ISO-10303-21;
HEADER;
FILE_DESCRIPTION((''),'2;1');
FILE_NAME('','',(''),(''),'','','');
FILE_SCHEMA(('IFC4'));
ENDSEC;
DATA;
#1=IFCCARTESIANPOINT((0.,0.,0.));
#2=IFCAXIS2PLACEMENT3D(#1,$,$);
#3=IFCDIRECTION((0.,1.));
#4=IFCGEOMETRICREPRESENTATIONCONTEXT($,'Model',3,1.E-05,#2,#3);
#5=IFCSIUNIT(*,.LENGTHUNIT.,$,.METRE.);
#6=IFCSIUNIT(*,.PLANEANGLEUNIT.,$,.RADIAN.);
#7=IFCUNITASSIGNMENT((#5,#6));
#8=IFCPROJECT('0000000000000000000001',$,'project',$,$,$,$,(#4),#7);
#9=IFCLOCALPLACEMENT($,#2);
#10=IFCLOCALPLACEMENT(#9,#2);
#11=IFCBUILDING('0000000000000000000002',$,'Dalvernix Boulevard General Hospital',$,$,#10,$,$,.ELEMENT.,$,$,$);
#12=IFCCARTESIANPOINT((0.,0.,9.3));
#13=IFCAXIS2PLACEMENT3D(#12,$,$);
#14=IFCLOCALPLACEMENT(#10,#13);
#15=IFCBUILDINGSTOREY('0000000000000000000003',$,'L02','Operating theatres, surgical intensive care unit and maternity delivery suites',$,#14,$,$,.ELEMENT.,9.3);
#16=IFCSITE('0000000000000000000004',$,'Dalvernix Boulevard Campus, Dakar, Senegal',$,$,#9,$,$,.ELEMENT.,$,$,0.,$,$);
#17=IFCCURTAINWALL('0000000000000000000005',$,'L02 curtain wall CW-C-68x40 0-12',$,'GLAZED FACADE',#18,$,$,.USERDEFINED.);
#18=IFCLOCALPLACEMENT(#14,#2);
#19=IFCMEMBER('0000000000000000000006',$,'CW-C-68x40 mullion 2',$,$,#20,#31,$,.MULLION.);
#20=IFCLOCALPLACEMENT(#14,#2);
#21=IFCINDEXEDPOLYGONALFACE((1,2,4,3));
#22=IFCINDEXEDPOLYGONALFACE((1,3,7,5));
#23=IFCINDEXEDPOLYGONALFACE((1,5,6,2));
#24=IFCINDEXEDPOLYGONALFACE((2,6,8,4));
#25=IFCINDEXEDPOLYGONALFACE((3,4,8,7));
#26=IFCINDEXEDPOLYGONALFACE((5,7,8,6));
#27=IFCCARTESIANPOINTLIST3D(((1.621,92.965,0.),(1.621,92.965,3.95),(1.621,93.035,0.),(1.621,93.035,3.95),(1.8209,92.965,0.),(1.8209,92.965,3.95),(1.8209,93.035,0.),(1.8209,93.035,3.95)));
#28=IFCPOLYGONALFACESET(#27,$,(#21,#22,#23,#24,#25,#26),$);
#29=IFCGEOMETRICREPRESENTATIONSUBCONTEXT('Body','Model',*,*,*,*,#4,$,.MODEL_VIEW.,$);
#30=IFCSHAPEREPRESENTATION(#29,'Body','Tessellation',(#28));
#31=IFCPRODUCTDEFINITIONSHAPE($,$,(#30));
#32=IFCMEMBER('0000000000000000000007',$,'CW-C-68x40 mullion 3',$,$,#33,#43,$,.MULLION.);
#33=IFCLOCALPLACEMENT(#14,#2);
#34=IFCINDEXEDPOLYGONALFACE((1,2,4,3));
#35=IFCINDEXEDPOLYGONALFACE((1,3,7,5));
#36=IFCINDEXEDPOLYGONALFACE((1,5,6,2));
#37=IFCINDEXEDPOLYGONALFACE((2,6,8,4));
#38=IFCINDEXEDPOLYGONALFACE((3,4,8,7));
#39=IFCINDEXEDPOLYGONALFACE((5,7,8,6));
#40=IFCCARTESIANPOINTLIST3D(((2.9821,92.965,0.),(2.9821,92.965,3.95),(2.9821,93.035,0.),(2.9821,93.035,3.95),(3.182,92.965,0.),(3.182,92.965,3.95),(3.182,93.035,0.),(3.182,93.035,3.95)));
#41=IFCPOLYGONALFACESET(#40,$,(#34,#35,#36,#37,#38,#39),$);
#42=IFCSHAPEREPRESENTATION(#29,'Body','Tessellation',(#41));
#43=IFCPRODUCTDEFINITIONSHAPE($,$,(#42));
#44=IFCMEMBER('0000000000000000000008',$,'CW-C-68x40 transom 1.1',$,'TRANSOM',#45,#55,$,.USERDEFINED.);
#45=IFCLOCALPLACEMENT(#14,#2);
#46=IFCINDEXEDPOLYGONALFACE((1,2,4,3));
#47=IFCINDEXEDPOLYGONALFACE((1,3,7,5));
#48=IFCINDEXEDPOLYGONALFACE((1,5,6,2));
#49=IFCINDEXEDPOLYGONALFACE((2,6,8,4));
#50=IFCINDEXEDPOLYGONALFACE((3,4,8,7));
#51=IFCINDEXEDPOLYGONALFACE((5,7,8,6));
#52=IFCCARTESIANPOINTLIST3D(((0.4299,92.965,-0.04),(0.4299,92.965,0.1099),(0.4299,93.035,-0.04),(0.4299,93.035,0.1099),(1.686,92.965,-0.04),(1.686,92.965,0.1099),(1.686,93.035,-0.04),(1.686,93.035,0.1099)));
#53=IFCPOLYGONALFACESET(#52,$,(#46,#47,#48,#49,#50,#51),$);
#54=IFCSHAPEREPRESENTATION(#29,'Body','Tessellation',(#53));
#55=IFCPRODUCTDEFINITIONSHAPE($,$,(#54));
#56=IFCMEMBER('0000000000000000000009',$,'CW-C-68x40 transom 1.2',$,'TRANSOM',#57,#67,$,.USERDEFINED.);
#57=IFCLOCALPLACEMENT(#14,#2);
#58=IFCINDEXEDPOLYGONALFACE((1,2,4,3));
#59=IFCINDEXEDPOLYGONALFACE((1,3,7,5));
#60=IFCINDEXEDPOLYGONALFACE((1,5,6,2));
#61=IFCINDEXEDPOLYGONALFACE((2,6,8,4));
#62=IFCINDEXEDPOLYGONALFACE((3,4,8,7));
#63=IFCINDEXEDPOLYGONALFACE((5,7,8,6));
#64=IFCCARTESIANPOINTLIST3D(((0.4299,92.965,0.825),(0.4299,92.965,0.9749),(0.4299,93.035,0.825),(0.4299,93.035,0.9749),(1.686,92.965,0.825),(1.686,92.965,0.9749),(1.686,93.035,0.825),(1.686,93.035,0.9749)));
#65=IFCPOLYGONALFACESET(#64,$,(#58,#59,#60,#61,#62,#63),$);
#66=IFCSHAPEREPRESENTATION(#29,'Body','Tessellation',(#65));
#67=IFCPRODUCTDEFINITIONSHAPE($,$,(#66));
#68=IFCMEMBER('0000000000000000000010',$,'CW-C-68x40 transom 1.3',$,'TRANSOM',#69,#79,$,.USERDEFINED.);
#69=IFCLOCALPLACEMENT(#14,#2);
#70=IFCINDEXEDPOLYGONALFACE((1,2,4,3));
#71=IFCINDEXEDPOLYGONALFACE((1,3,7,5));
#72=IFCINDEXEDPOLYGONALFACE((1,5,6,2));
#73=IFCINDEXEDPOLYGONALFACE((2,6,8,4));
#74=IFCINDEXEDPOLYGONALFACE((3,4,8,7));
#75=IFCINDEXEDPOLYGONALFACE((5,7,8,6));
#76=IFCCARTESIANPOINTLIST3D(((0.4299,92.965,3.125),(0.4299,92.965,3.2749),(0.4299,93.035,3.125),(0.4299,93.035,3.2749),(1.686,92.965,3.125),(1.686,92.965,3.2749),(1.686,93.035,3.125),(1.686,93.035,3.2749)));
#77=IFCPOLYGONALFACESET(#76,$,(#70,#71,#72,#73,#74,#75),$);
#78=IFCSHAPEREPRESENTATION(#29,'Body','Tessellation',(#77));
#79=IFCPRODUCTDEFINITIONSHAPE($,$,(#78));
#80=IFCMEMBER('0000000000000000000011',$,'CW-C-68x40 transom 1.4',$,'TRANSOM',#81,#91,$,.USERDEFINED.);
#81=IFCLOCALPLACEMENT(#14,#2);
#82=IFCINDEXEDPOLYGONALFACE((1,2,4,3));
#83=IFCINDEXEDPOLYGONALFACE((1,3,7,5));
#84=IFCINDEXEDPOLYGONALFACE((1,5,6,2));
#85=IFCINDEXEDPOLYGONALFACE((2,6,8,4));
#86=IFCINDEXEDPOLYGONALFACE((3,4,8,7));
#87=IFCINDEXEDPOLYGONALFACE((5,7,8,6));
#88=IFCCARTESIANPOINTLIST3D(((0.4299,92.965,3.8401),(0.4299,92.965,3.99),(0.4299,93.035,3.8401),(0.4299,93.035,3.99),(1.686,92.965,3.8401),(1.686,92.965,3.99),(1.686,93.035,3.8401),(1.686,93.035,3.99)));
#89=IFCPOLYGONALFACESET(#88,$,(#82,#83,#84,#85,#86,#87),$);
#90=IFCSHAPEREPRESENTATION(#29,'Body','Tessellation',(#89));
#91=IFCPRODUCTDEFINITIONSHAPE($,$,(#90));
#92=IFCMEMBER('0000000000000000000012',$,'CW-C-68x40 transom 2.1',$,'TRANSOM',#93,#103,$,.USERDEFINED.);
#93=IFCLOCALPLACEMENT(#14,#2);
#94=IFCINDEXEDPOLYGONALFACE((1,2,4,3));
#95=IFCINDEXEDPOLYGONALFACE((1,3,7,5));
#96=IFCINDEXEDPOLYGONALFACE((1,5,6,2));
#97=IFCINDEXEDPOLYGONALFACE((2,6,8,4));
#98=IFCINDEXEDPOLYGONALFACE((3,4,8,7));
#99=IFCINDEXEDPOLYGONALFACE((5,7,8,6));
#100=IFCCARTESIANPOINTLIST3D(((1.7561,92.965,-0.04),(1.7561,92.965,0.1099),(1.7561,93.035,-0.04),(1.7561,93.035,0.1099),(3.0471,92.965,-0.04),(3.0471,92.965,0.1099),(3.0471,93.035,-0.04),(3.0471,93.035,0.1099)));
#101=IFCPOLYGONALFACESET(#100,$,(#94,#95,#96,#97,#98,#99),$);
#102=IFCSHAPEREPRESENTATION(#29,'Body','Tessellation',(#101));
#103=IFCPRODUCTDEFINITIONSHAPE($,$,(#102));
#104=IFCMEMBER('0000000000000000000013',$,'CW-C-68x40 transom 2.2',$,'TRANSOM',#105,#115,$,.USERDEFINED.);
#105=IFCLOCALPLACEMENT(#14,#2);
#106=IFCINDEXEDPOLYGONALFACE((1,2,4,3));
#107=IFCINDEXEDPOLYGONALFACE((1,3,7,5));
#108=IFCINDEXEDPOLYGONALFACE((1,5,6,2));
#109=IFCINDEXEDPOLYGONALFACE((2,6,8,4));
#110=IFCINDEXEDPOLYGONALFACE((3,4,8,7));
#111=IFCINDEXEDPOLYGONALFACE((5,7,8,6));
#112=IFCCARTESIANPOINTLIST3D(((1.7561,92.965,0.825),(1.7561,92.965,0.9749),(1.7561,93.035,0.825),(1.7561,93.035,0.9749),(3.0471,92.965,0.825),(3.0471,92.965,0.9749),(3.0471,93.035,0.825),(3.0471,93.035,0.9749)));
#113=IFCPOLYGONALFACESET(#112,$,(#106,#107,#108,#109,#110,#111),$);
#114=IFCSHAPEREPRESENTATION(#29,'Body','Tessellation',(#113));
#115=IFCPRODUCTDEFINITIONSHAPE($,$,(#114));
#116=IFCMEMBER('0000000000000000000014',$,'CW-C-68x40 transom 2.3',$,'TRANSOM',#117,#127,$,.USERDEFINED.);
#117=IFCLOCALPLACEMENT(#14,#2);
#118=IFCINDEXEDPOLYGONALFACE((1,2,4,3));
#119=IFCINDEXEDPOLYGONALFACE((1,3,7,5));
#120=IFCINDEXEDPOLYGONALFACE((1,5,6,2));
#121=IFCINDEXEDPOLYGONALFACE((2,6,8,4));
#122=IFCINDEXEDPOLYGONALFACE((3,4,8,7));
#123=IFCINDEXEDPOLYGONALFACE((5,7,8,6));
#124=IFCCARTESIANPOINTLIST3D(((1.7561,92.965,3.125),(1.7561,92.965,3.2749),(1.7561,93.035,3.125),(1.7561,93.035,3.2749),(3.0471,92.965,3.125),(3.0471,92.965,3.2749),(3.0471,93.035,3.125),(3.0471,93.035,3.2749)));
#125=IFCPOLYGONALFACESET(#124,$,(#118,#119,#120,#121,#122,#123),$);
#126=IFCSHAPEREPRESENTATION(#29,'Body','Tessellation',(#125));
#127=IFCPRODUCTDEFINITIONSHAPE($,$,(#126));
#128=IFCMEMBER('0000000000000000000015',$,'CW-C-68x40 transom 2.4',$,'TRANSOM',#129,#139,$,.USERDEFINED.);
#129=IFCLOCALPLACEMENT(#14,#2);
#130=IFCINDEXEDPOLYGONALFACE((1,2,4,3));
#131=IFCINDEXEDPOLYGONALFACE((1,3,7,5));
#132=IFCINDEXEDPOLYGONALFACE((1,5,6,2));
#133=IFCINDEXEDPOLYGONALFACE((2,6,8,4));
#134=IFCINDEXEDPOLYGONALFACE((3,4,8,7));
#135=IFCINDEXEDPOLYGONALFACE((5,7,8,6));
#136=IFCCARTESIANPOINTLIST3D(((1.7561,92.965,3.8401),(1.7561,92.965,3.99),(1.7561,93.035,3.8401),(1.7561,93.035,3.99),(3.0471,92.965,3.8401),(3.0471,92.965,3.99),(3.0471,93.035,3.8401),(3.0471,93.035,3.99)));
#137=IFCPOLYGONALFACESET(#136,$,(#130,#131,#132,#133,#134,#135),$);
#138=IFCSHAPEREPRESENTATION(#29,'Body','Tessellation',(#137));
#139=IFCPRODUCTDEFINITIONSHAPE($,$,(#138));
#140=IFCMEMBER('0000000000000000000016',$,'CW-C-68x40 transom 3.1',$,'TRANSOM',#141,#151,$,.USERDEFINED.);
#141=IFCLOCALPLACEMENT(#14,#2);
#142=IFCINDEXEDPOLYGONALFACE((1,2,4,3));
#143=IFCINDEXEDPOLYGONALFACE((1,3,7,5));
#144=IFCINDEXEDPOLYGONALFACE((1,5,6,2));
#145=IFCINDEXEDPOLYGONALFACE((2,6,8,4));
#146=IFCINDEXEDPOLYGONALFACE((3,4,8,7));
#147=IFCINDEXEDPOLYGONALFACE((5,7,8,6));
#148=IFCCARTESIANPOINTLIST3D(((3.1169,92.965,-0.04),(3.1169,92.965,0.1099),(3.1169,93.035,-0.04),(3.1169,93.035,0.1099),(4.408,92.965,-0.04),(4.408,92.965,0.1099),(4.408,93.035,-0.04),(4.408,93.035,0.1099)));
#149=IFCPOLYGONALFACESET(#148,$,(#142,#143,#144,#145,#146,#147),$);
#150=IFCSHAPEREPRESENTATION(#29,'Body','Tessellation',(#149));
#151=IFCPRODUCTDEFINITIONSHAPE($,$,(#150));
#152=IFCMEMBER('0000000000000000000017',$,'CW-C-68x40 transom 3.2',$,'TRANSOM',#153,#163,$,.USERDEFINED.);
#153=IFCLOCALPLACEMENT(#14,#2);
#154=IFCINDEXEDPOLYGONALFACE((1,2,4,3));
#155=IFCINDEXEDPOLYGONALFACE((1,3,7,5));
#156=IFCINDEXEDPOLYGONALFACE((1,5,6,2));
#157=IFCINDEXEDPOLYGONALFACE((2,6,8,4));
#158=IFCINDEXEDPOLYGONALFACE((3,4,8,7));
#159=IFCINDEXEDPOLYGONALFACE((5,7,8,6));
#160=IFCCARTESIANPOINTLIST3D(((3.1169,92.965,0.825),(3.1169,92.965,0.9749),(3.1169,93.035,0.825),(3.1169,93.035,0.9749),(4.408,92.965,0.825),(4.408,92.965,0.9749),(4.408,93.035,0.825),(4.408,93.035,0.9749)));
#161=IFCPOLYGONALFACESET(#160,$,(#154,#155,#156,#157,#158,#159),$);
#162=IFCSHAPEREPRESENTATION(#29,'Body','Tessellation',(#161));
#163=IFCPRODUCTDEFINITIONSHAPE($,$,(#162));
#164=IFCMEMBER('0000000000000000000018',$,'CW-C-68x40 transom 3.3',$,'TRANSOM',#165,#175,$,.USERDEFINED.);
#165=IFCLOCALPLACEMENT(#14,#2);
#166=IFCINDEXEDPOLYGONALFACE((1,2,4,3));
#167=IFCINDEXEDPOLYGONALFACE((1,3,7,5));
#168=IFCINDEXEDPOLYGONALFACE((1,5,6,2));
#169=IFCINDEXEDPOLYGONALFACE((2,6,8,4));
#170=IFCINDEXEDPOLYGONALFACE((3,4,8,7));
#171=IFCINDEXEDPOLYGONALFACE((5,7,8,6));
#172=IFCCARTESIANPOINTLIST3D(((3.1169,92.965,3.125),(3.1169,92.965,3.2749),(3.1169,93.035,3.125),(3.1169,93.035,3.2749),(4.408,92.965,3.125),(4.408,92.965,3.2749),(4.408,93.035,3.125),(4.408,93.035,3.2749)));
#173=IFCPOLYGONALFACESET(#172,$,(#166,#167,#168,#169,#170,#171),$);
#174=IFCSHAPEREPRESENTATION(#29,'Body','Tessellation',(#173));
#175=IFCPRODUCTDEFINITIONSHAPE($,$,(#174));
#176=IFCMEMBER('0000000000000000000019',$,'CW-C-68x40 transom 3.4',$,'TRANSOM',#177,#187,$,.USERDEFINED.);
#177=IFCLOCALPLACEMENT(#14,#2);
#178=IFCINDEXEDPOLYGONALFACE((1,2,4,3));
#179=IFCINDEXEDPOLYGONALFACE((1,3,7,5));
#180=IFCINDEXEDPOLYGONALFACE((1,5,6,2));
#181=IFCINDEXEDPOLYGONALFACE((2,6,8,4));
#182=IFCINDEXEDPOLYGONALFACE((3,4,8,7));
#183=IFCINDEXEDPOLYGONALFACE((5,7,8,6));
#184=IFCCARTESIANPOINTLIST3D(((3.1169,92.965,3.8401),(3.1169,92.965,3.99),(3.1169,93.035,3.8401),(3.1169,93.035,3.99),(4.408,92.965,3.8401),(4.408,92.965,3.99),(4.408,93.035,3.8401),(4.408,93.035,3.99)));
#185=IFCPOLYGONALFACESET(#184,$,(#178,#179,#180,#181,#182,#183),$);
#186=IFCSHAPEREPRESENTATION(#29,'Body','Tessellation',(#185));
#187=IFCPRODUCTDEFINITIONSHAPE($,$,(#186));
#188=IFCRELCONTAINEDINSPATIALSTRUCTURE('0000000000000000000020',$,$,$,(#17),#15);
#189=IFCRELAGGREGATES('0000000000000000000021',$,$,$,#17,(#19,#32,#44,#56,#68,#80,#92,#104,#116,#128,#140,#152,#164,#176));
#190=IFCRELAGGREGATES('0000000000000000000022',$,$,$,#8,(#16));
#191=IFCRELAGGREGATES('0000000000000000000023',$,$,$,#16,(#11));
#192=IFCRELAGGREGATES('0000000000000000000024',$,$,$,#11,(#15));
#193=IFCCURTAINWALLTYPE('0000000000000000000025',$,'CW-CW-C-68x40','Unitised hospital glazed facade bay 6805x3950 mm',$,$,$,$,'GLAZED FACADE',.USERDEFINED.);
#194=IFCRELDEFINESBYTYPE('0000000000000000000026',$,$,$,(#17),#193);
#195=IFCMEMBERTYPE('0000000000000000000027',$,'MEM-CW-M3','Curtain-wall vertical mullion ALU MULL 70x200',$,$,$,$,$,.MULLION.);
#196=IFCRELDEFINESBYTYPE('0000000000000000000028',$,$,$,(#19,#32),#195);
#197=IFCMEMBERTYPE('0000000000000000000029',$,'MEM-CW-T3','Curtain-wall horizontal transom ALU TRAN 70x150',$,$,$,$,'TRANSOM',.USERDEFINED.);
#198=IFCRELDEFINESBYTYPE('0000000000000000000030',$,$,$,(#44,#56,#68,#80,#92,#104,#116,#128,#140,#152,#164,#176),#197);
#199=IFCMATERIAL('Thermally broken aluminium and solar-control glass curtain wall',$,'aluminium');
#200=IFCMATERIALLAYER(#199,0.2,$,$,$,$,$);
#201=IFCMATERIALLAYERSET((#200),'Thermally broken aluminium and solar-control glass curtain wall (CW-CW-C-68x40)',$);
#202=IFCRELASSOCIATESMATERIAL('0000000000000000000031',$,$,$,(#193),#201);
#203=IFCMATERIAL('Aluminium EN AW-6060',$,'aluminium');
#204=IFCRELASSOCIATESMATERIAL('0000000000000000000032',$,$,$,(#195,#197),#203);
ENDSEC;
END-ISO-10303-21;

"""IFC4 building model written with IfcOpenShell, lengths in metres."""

from ifc_helpers import new_model, si_unit, direction, frame, origin, origin_2d, place, context, subcontext, project, spatial, rectangle, extrude, material, layer, layer_set, material_profile, profile_set, type_object, element, aggregate, save


model = new_model("IFC4")

# Units and contexts
model_context = context("Model", 3, precision=1e-05, world=origin(), true_north=direction((0.0, 1.0)))
body_context = subcontext(model_context, "Body", "Model", "MODEL_VIEW")
ifc_project = project(units=[si_unit("LENGTHUNIT", "METRE"), si_unit("PLANEANGLEUNIT", "RADIAN")], contexts=[model_context])

# Site, building, storey
site_placement = place(None, origin())
site = spatial("IfcSite", under=ifc_project, at=site_placement, Name="Dalvernix Boulevard Campus, Dakar, Senegal", CompositionType="ELEMENT", RefElevation=0.0)
building_placement = place(site_placement, origin())
building = spatial("IfcBuilding", under=site, at=building_placement, Name="Dalvernix Boulevard General Hospital", CompositionType="ELEMENT")
storey_placement = place(building_placement, frame((0.0, 0.0, 9.3)))
storey = spatial("IfcBuildingStorey", under=building, at=storey_placement, Name="L02", Description="Operating theatres, surgical intensive care unit and maternity delivery suites", CompositionType="ELEMENT", Elevation=9.3)

# Curtain wall, members
ifc_material_1 = material(Name="Thermally broken aluminium and solar-control glass curtain wall", Category="aluminium")
ifc_layer_1 = layer(ifc_material_1, 0.2)
ifc_layer_set_1 = layer_set([ifc_layer_1], Name="Thermally broken aluminium and solar-control glass curtain wall (CW-CW-C-68x40)")
curtain_wall_type = type_object("IfcCurtainWallType", Name="CW-CW-C-68x40", Description="Unitised hospital glazed facade bay 6805x3950 mm", ElementType="GLAZED FACADE", PredefinedType="USERDEFINED", material=ifc_layer_set_1)
curtain_wall_placement = place(storey_placement, origin())
curtain_wall = element("IfcCurtainWall", 1, at=curtain_wall_placement, inside=storey, type_object=curtain_wall_type, Name="L02 curtain wall CW-C-68x40 0-12", ObjectType="GLAZED FACADE", PredefinedType="USERDEFINED")
ifc_material_2 = material(Name="Aluminium EN AW-6060", Category="aluminium")
ifc_material_profile_1 = material_profile(ifc_material_2, rectangle(XDim=0.0701, YDim=0.2, at=origin_2d()), Name="ALU MULL 70x200")
ifc_profile_set_1 = profile_set([ifc_material_profile_1], Name="Aluminium EN AW-6060")
member_type_1 = type_object("IfcMemberType", Name="MEM-CW-M3", Description="Curtain-wall vertical mullion ALU MULL 70x200", PredefinedType="MULLION", material=ifc_profile_set_1)
member_1_placement = place(storey_placement, frame((1.7209, 93.0, 0.0), z_axis=(0.0, 0.0, 1.0), x_axis=(0.0, 1.0, 0.0)))
member_1 = element("IfcMember", 2, at=member_1_placement, type_object=member_type_1, Name="CW-C-68x40 mullion 2", PredefinedType="MULLION", context=body_context, shape_type="SweptSolid", body=[
    extrude(rectangle(XDim=0.0701, YDim=0.2, at=origin_2d()), origin(), (0.0, 0.0, 1.0), 3.95),
])
member_2_placement = place(storey_placement, frame((3.082, 93.0, 0.0), z_axis=(0.0, 0.0, 1.0), x_axis=(0.0, 1.0, 0.0)))
member_2 = element("IfcMember", 3, at=member_2_placement, type_object=member_type_1, Name="CW-C-68x40 mullion 3", PredefinedType="MULLION", context=body_context, shape_type="SweptSolid", body=[
    extrude(rectangle(XDim=0.0701, YDim=0.2, at=origin_2d()), origin(), (0.0, 0.0, 1.0), 3.95),
])
ifc_material_profile_2 = material_profile(ifc_material_2, rectangle(XDim=0.0701, YDim=0.1499, at=origin_2d()), Name="ALU TRAN 70x150")
ifc_profile_set_2 = profile_set([ifc_material_profile_2], Name="Aluminium EN AW-6060")
member_type_2 = type_object("IfcMemberType", Name="MEM-CW-T3", Description="Curtain-wall horizontal transom ALU TRAN 70x150", ElementType="TRANSOM", PredefinedType="USERDEFINED", material=ifc_profile_set_2)
member_3_placement = place(storey_placement, frame((0.4299, 93.0, 0.0349), z_axis=(1.0, 0.0, 0.0), x_axis=(0.0, 1.0, 0.0)))
member_3 = element("IfcMember", 4, at=member_3_placement, type_object=member_type_2, Name="CW-C-68x40 transom 1.1", ObjectType="TRANSOM", PredefinedType="USERDEFINED", context=body_context, shape_type="SweptSolid", body=[
    extrude(rectangle(XDim=0.0701, YDim=0.1499, at=origin_2d()), origin(), (0.0, 0.0, 1.0), 1.2561),
])
member_4_placement = place(storey_placement, frame((0.4299, 93.0, 0.8999), z_axis=(1.0, 0.0, 0.0), x_axis=(0.0, 1.0, 0.0)))
member_4 = element("IfcMember", 5, at=member_4_placement, type_object=member_type_2, Name="CW-C-68x40 transom 1.2", ObjectType="TRANSOM", PredefinedType="USERDEFINED", context=body_context, shape_type="SweptSolid", body=[
    extrude(rectangle(XDim=0.0701, YDim=0.1499, at=origin_2d()), origin(), (0.0, 0.0, 1.0), 1.2561),
])
member_5_placement = place(storey_placement, frame((0.4299, 93.0, 3.2), z_axis=(1.0, 0.0, 0.0), x_axis=(0.0, 1.0, 0.0)))
member_5 = element("IfcMember", 6, at=member_5_placement, type_object=member_type_2, Name="CW-C-68x40 transom 1.3", ObjectType="TRANSOM", PredefinedType="USERDEFINED", context=body_context, shape_type="SweptSolid", body=[
    extrude(rectangle(XDim=0.0701, YDim=0.1499, at=origin_2d()), origin(), (0.0, 0.0, 1.0), 1.2561),
])
member_6_placement = place(storey_placement, frame((0.4299, 93.0, 3.915), z_axis=(1.0, 0.0, 0.0), x_axis=(0.0, 1.0, 0.0)))
member_6 = element("IfcMember", 7, at=member_6_placement, type_object=member_type_2, Name="CW-C-68x40 transom 1.4", ObjectType="TRANSOM", PredefinedType="USERDEFINED", context=body_context, shape_type="SweptSolid", body=[
    extrude(rectangle(XDim=0.0701, YDim=0.1499, at=origin_2d()), origin(), (0.0, 0.0, 1.0), 1.2561),
])
member_7_placement = place(storey_placement, frame((1.7561, 93.0, 0.0349), z_axis=(1.0, 0.0, 0.0), x_axis=(0.0, 1.0, 0.0)))
member_7 = element("IfcMember", 8, at=member_7_placement, type_object=member_type_2, Name="CW-C-68x40 transom 2.1", ObjectType="TRANSOM", PredefinedType="USERDEFINED", context=body_context, shape_type="SweptSolid", body=[
    extrude(rectangle(XDim=0.0701, YDim=0.1499, at=origin_2d()), origin(), (0.0, 0.0, 1.0), 1.291),
])
member_8_placement = place(storey_placement, frame((1.7561, 93.0, 0.8999), z_axis=(1.0, 0.0, 0.0), x_axis=(0.0, 1.0, 0.0)))
member_8 = element("IfcMember", 9, at=member_8_placement, type_object=member_type_2, Name="CW-C-68x40 transom 2.2", ObjectType="TRANSOM", PredefinedType="USERDEFINED", context=body_context, shape_type="SweptSolid", body=[
    extrude(rectangle(XDim=0.0701, YDim=0.1499, at=origin_2d()), origin(), (0.0, 0.0, 1.0), 1.291),
])
member_9_placement = place(storey_placement, frame((1.7561, 93.0, 3.2), z_axis=(1.0, 0.0, 0.0), x_axis=(0.0, 1.0, 0.0)))
member_9 = element("IfcMember", 10, at=member_9_placement, type_object=member_type_2, Name="CW-C-68x40 transom 2.3", ObjectType="TRANSOM", PredefinedType="USERDEFINED", context=body_context, shape_type="SweptSolid", body=[
    extrude(rectangle(XDim=0.0701, YDim=0.1499, at=origin_2d()), origin(), (0.0, 0.0, 1.0), 1.291),
])
member_10_placement = place(storey_placement, frame((1.7561, 93.0, 3.915), z_axis=(1.0, 0.0, 0.0), x_axis=(0.0, 1.0, 0.0)))
member_10 = element("IfcMember", 11, at=member_10_placement, type_object=member_type_2, Name="CW-C-68x40 transom 2.4", ObjectType="TRANSOM", PredefinedType="USERDEFINED", context=body_context, shape_type="SweptSolid", body=[
    extrude(rectangle(XDim=0.0701, YDim=0.1499, at=origin_2d()), origin(), (0.0, 0.0, 1.0), 1.291),
])
member_11_placement = place(storey_placement, frame((3.1169, 93.0, 0.0349), z_axis=(1.0, 0.0, 0.0), x_axis=(0.0, 1.0, 0.0)))
member_11 = element("IfcMember", 12, at=member_11_placement, type_object=member_type_2, Name="CW-C-68x40 transom 3.1", ObjectType="TRANSOM", PredefinedType="USERDEFINED", context=body_context, shape_type="SweptSolid", body=[
    extrude(rectangle(XDim=0.0701, YDim=0.1499, at=origin_2d()), origin(), (0.0, 0.0, 1.0), 1.291),
])
member_12_placement = place(storey_placement, frame((3.1169, 93.0, 0.8999), z_axis=(1.0, 0.0, 0.0), x_axis=(0.0, 1.0, 0.0)))
member_12 = element("IfcMember", 13, at=member_12_placement, type_object=member_type_2, Name="CW-C-68x40 transom 3.2", ObjectType="TRANSOM", PredefinedType="USERDEFINED", context=body_context, shape_type="SweptSolid", body=[
    extrude(rectangle(XDim=0.0701, YDim=0.1499, at=origin_2d()), origin(), (0.0, 0.0, 1.0), 1.291),
])
member_13_placement = place(storey_placement, frame((3.1169, 93.0, 3.2), z_axis=(1.0, 0.0, 0.0), x_axis=(0.0, 1.0, 0.0)))
member_13 = element("IfcMember", 14, at=member_13_placement, type_object=member_type_2, Name="CW-C-68x40 transom 3.3", ObjectType="TRANSOM", PredefinedType="USERDEFINED", context=body_context, shape_type="SweptSolid", body=[
    extrude(rectangle(XDim=0.0701, YDim=0.1499, at=origin_2d()), origin(), (0.0, 0.0, 1.0), 1.291),
])
member_14_placement = place(storey_placement, frame((3.1169, 93.0, 3.915), z_axis=(1.0, 0.0, 0.0), x_axis=(0.0, 1.0, 0.0)))
member_14 = element("IfcMember", 15, at=member_14_placement, type_object=member_type_2, Name="CW-C-68x40 transom 3.4", ObjectType="TRANSOM", PredefinedType="USERDEFINED", context=body_context, shape_type="SweptSolid", body=[
    extrude(rectangle(XDim=0.0701, YDim=0.1499, at=origin_2d()), origin(), (0.0, 0.0, 1.0), 1.291),
])
aggregate(curtain_wall, [member_1, member_2, member_3, member_4, member_5, member_6, member_7, member_8, member_9, member_10, member_11, member_12, member_13, member_14])

save(model, "model.ifc")
